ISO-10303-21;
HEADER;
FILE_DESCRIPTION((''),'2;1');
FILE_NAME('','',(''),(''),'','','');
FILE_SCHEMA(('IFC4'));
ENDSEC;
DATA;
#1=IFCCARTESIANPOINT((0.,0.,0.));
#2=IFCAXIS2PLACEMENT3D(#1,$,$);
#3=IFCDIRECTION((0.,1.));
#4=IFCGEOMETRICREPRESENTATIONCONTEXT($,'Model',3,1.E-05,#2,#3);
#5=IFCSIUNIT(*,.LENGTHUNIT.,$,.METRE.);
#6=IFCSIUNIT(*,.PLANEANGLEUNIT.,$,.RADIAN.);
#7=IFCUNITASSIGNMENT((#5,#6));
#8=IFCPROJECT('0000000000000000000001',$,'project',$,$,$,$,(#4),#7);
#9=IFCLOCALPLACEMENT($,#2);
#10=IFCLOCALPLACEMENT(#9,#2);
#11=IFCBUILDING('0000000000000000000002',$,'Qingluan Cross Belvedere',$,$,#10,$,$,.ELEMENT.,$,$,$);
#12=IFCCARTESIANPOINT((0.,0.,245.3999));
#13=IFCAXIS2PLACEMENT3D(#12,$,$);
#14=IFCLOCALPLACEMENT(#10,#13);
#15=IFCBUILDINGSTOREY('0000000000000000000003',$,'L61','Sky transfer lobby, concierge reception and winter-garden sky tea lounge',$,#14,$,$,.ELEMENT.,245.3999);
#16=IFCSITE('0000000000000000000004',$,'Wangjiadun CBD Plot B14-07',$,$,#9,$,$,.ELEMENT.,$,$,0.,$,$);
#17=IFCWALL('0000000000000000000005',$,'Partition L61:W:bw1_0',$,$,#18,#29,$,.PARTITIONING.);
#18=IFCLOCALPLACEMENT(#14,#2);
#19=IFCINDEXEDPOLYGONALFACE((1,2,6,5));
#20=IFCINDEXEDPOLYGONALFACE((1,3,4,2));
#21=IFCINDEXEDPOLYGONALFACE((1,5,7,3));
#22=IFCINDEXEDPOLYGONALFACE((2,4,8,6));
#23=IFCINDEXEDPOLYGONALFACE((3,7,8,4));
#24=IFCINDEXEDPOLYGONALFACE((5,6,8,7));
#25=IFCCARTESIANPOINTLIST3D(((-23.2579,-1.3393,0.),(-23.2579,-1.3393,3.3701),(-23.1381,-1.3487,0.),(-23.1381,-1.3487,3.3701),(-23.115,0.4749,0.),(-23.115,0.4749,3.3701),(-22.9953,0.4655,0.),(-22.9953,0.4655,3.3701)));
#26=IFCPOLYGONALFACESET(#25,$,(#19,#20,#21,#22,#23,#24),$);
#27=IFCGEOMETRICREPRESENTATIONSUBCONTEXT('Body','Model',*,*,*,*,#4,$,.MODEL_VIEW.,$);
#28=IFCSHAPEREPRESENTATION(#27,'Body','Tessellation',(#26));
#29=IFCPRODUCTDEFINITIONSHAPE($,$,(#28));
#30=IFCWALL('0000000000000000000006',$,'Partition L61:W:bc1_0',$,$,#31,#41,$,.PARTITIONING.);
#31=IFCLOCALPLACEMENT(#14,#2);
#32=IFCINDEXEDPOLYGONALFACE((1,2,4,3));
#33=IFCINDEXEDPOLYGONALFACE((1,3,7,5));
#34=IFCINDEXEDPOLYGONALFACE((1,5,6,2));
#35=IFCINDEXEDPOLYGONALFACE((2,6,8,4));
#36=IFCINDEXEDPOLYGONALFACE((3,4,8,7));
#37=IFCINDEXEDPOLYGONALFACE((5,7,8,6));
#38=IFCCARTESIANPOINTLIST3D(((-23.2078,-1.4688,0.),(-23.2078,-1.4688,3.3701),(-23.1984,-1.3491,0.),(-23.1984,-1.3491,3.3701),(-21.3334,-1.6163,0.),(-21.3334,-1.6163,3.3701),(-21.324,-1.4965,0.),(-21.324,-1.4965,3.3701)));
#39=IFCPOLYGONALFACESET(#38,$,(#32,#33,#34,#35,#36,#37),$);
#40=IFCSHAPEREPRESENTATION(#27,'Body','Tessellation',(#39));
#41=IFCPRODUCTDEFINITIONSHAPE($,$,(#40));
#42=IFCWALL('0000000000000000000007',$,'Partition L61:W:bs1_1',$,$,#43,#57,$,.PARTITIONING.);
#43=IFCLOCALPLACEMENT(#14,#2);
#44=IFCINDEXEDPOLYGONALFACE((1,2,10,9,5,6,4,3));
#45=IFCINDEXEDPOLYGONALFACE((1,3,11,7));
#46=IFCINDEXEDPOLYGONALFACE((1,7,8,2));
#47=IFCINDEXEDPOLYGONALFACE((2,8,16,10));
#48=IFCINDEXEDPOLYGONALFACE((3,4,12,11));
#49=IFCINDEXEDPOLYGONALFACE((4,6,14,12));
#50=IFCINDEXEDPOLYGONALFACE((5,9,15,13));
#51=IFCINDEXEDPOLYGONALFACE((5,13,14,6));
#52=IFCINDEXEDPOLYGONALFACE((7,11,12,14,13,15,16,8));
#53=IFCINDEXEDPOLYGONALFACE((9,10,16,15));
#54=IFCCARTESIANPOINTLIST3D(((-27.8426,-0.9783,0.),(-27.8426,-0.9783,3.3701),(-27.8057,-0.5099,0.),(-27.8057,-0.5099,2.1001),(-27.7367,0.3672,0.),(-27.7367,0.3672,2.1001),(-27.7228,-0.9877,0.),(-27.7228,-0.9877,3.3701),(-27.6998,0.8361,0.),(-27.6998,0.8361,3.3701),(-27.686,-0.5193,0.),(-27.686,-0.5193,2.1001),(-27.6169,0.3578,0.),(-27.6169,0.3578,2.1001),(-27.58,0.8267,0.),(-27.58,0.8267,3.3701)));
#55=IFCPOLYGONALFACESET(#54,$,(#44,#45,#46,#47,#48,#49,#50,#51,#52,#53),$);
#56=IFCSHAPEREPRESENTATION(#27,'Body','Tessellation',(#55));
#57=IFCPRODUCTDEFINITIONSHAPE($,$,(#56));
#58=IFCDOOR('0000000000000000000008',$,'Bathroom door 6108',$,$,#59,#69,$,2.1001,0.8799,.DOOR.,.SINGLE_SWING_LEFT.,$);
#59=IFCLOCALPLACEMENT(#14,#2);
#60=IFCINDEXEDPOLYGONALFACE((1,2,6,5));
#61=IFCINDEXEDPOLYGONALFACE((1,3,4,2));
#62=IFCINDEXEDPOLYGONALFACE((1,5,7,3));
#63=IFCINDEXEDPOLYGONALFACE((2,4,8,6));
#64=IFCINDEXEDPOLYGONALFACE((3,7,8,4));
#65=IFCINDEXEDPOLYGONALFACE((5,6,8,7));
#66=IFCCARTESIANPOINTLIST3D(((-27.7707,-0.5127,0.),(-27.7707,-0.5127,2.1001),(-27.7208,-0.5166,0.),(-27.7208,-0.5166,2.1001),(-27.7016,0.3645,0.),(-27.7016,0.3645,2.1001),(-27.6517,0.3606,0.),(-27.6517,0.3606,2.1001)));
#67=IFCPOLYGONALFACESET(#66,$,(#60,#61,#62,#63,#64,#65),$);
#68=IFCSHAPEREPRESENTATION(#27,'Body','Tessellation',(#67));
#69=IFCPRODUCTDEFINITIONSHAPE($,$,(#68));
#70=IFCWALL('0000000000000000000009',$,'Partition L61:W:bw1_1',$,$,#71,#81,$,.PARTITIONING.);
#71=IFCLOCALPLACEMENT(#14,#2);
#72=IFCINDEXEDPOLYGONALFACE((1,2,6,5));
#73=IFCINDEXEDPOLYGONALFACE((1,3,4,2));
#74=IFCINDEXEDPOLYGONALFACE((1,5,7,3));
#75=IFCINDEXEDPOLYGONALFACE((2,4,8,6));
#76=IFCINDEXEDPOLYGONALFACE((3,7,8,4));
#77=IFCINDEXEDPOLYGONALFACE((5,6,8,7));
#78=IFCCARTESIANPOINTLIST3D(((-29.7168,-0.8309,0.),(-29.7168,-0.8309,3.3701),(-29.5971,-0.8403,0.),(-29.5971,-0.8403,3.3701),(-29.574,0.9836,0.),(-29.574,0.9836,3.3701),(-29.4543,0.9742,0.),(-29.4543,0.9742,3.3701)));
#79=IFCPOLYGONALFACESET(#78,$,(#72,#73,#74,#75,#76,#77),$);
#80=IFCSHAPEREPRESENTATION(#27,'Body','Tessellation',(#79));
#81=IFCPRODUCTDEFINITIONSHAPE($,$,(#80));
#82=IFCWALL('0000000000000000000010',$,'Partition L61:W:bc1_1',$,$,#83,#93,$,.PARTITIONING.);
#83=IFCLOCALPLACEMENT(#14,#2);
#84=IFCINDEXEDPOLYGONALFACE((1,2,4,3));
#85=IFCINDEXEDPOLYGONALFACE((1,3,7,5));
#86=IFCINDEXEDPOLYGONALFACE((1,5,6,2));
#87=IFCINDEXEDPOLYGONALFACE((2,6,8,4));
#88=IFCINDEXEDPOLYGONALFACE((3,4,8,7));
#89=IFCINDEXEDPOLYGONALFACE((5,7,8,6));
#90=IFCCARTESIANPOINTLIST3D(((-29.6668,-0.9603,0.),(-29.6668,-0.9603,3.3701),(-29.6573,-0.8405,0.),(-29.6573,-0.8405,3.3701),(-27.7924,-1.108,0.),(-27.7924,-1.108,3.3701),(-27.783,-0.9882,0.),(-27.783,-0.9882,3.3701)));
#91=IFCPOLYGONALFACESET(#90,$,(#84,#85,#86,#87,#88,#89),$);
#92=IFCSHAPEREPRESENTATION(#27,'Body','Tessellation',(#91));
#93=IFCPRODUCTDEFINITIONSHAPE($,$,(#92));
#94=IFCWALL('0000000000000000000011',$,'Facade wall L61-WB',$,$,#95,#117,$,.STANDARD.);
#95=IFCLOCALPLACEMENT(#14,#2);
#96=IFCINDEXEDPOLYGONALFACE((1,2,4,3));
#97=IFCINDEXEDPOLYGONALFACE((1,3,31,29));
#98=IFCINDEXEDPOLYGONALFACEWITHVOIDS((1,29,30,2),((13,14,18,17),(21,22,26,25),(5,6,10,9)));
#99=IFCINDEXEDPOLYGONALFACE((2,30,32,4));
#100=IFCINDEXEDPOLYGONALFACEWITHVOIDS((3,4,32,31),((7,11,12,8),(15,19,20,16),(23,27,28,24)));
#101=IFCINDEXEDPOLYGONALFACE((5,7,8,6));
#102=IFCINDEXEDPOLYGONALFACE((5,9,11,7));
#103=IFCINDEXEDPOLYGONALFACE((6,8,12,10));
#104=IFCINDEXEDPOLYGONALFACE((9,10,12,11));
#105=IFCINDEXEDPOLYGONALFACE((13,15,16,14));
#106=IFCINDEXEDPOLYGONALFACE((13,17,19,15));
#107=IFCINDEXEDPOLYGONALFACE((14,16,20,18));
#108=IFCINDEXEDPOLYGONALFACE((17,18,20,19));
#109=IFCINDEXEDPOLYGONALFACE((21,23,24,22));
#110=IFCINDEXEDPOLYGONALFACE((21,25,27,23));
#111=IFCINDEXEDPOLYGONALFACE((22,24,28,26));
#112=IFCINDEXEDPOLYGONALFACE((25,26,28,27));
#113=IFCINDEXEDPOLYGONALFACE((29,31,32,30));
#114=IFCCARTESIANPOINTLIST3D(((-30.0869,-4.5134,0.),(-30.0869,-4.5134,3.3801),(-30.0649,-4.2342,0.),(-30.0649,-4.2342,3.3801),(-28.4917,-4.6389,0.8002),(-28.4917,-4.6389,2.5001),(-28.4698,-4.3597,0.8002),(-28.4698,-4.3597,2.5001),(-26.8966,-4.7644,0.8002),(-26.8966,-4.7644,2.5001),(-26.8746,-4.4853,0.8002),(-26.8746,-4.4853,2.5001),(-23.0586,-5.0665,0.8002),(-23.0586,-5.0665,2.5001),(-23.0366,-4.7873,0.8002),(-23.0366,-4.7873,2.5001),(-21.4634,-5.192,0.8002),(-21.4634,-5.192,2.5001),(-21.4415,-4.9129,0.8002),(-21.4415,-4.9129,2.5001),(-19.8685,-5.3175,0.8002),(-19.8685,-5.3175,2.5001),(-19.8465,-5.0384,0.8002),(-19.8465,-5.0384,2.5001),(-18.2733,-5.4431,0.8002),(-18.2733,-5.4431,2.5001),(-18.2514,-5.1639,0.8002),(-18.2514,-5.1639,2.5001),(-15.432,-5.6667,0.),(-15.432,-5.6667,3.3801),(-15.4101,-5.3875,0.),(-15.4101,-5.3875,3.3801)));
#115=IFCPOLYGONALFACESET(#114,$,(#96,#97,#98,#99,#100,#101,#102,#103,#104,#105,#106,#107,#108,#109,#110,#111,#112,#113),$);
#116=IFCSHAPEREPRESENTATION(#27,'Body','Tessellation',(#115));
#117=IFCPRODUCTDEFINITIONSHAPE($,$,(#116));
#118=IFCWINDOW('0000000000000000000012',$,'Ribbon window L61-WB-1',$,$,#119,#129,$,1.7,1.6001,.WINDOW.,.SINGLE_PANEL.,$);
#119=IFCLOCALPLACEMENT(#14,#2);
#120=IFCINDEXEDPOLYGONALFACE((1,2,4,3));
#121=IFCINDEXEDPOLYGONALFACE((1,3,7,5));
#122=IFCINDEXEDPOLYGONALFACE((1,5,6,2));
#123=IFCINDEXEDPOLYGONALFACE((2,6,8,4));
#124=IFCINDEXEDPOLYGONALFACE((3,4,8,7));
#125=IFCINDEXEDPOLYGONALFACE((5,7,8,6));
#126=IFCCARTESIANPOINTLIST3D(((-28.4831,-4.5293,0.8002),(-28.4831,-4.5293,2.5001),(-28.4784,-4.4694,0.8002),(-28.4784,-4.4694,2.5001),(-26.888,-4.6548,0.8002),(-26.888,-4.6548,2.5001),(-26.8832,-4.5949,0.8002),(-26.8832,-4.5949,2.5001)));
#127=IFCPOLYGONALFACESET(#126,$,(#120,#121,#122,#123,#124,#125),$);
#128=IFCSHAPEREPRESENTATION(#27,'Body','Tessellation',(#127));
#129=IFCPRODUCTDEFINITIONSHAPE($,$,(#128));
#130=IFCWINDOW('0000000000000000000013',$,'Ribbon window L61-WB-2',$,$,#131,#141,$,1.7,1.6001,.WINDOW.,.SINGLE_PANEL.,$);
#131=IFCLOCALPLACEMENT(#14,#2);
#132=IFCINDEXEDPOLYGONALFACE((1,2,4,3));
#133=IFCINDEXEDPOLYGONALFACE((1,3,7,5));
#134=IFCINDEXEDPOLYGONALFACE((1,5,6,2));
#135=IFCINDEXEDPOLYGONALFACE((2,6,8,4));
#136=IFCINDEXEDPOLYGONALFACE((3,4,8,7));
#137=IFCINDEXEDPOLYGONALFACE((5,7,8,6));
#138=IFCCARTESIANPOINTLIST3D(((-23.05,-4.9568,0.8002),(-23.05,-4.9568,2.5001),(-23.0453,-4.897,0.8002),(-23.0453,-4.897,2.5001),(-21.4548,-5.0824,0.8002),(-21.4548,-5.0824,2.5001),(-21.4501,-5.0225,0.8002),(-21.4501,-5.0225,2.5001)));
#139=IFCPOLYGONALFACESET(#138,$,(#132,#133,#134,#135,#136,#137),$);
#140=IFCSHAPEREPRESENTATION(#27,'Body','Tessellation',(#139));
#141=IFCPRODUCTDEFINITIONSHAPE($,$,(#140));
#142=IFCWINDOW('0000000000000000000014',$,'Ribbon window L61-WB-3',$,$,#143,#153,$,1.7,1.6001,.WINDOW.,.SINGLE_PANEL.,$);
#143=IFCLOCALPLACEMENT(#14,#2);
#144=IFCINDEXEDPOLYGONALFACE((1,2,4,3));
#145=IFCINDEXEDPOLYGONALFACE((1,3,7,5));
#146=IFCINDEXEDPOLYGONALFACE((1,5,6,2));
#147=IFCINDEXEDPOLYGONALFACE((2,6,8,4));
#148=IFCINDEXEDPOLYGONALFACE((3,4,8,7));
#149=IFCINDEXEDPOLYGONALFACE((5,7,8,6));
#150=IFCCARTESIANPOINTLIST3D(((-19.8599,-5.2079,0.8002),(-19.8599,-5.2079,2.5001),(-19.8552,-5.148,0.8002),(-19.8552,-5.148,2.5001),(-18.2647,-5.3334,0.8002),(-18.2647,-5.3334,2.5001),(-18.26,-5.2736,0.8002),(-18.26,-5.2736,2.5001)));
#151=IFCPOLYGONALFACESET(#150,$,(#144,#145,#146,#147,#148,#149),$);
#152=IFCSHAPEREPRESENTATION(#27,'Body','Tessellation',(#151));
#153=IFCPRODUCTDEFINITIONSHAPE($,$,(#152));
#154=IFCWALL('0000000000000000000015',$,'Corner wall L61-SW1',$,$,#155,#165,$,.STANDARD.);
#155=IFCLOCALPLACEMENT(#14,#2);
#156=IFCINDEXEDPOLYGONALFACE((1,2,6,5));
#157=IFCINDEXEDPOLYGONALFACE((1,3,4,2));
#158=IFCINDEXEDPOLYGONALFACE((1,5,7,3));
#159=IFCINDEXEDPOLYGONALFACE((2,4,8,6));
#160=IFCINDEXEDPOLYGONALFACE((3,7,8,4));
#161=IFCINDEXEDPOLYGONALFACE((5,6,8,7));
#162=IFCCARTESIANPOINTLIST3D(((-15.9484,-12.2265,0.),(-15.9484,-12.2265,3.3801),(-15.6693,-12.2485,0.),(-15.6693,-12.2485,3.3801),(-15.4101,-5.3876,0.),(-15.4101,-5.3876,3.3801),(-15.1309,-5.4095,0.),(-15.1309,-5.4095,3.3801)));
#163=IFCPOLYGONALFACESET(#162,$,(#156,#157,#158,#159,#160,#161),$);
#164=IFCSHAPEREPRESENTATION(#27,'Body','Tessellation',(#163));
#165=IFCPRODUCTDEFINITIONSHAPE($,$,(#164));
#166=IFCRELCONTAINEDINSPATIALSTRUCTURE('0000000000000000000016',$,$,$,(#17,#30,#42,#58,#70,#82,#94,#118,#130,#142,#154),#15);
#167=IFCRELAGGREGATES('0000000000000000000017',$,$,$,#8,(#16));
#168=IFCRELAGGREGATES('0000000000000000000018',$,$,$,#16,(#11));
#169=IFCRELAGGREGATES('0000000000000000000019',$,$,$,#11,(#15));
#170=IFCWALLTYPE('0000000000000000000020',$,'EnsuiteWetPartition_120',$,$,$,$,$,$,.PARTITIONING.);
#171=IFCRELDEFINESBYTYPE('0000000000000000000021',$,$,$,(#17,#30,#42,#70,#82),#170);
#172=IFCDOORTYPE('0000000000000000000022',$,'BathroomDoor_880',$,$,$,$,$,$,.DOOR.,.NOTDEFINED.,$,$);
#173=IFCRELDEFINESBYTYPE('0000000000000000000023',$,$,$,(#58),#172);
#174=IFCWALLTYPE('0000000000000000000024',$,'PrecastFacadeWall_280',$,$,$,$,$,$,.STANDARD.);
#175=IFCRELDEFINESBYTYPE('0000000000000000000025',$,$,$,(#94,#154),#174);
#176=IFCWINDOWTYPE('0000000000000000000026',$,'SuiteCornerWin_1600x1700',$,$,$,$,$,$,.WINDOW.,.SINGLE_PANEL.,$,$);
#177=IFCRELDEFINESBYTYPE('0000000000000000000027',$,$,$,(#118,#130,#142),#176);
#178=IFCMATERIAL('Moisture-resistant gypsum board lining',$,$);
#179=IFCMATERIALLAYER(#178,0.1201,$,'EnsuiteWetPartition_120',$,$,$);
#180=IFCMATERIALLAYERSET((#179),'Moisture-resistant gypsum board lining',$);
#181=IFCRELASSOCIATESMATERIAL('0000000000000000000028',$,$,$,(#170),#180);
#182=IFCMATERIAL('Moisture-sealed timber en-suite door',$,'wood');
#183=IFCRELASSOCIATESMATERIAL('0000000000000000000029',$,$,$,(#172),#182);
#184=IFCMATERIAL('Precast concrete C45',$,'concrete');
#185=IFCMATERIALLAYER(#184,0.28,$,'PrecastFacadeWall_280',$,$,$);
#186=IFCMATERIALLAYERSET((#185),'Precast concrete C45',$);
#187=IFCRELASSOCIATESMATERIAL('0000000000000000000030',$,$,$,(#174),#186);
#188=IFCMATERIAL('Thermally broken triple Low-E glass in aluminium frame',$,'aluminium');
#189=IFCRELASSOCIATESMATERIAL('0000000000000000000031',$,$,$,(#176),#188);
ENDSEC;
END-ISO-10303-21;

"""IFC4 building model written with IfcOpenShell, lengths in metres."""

from ifc_helpers import new_model, si_unit, direction, frame, frame_2d, origin, place, context, subcontext, project, spatial, rectangle, extrude, material, layer, layer_set, type_object, element, fill, save


model = new_model("IFC4")

# Units and contexts
model_context = context("Model", 3, precision=1e-05, world=origin(), true_north=direction((0.0, 1.0)))
body_context = subcontext(model_context, "Body", "Model", "MODEL_VIEW")
ifc_project = project(units=[si_unit("LENGTHUNIT", "METRE"), si_unit("PLANEANGLEUNIT", "RADIAN")], contexts=[model_context])

# Site, building, storey
site_placement = place(None, origin())
site = spatial("IfcSite", under=ifc_project, at=site_placement, Name="Wangjiadun CBD Plot B14-07", CompositionType="ELEMENT", RefElevation=0.0)
building_placement = place(site_placement, origin())
building = spatial("IfcBuilding", under=site, at=building_placement, Name="Qingluan Cross Belvedere", CompositionType="ELEMENT")
storey_placement = place(building_placement, frame((0.0, 0.0, 245.3999)))
storey = spatial("IfcBuildingStorey", under=building, at=storey_placement, Name="L61", Description="Sky transfer lobby, concierge reception and winter-garden sky tea lounge", CompositionType="ELEMENT", Elevation=245.3999)

# Shared definitions
ifc_material_1 = material(Name="Moisture-resistant gypsum board lining")
ifc_layer_1 = layer(ifc_material_1, 0.1201, Name="EnsuiteWetPartition_120")
ifc_layer_set_1 = layer_set([ifc_layer_1], Name="Moisture-resistant gypsum board lining")
wall_type_1 = type_object("IfcWallType", Name="EnsuiteWetPartition_120", PredefinedType="PARTITIONING", material=ifc_layer_set_1)
ifc_material_2 = material(Name="Moisture-sealed timber en-suite door", Category="wood")
door_type = type_object("IfcDoorType", Name="BathroomDoor_880", OperationType="NOTDEFINED", PredefinedType="DOOR", material=ifc_material_2)

# Walls
wall_1_placement = place(storey_placement, frame((-23.198, -1.344, 0.0), z_axis=(0.0, 0.0, 1.0), x_axis=(0.078481, 0.996916, 0.0)))
element("IfcWall", 1, at=wall_1_placement, inside=storey, type_object=wall_type_1, Name="Partition L61:W:bw1_0", PredefinedType="PARTITIONING", context=body_context, shape_type="SweptSolid", body=[
    extrude(rectangle(XDim=1.8198, YDim=0.1201, at=frame_2d((0.9099, 0.0))), origin(), (0.0, 0.0, 1.0), 3.3701),
])
wall_2_placement = place(storey_placement, frame((-21.3289, -1.5564, 0.0), z_axis=(0.0, 0.0, 1.0), x_axis=(-0.996919, 0.078434, 0.0)))
element("IfcWall", 2, at=wall_2_placement, inside=storey, type_object=wall_type_1, Name="Partition L61:W:bc1_0", PredefinedType="PARTITIONING", context=body_context, shape_type="SweptSolid", body=[
    extrude(rectangle(XDim=1.8801, YDim=0.1201, at=frame_2d((0.9399, 0.0))), origin(), (0.0, 0.0, 1.0), 3.3701),
])

# Wall, opening, door
wall_3_placement = place(storey_placement, frame((-27.7827, -0.9832, 0.0), z_axis=(0.0, 0.0, 1.0), x_axis=(0.078471, 0.996916, 0.0)))
wall_3 = element("IfcWall", 3, at=wall_3_placement, inside=storey, type_object=wall_type_1, Name="Partition L61:W:bs1_1", PredefinedType="PARTITIONING", context=body_context, shape_type="SweptSolid", body=[
    extrude(rectangle(XDim=1.8201, YDim=0.1201, at=frame_2d((0.9102, 0.0))), origin(), (0.0, 0.0, 1.0), 3.3701),
])
opening_1_placement = place(wall_3_placement, frame((0.47, 0.0, 0.0)))
opening_1 = element("IfcOpeningElement", 4, at=opening_1_placement, cuts=wall_3, PredefinedType="OPENING", context=body_context, shape_type="SweptSolid", body=[
    extrude(rectangle(XDim=0.8799, YDim=2.1001, at=frame_2d((0.4399, 1.05))), frame((0.0, 0.0701, 0.0), z_axis=(0.0, -1.0, 0.0), x_axis=(1.0, 0.0, 0.0)), (0.0, 0.0, 1.0), 0.1401),
])
door_1_placement = place(opening_1_placement, origin())
door_1 = element("IfcDoor", 5, at=door_1_placement, inside=storey, type_object=door_type, Name="Bathroom door 6108", OperationType="SINGLE_SWING_LEFT", OverallHeight=2.1001, OverallWidth=0.8799, PredefinedType="DOOR", context=body_context, shape_type="SweptSolid", body=[
    extrude(rectangle(XDim=0.8799, YDim=2.1001, at=frame_2d((0.4399, 1.05))), frame((0.0, 0.0249, 0.0), z_axis=(0.0, -1.0, 0.0), x_axis=(1.0, 0.0, 0.0)), (0.0, 0.0, 1.0), 0.05),
])
fill(opening_1, door_1)

# Walls
wall_4_placement = place(storey_placement, frame((-29.657, -0.8357, 0.0), z_axis=(0.0, 0.0, 1.0), x_axis=(0.078471, 0.996916, 0.0)))
element("IfcWall", 6, at=wall_4_placement, inside=storey, type_object=wall_type_1, Name="Partition L61:W:bw1_1", PredefinedType="PARTITIONING", context=body_context, shape_type="SweptSolid", body=[
    extrude(rectangle(XDim=1.8201, YDim=0.1201, at=frame_2d((0.9102, 0.0))), origin(), (0.0, 0.0, 1.0), 3.3701),
])
wall_5_placement = place(storey_placement, frame((-27.7878, -1.0481, 0.0), z_axis=(0.0, 0.0, 1.0), x_axis=(-0.996909, 0.078563, 0.0)))
element("IfcWall", 7, at=wall_5_placement, inside=storey, type_object=wall_type_1, Name="Partition L61:W:bc1_1", PredefinedType="PARTITIONING", context=body_context, shape_type="SweptSolid", body=[
    extrude(rectangle(XDim=1.8801, YDim=0.1201, at=frame_2d((0.9399, 0.0))), origin(), (0.0, 0.0, 1.0), 3.3701),
])

# Wall, openings, windows
ifc_material_3 = material(Name="Precast concrete C45", Category="concrete")
ifc_layer_2 = layer(ifc_material_3, 0.28, Name="PrecastFacadeWall_280")
ifc_layer_set_2 = layer_set([ifc_layer_2], Name="Precast concrete C45")
wall_type_2 = type_object("IfcWallType", Name="PrecastFacadeWall_280", PredefinedType="STANDARD", material=ifc_layer_set_2)
wall_6_placement = place(storey_placement, frame((-30.0759, -4.3738, 0.0), z_axis=(0.0, 0.0, 1.0), x_axis=(0.996918, -0.078457, 0.0)))
wall_6 = element("IfcWall", 8, at=wall_6_placement, inside=storey, type_object=wall_type_2, Name="Facade wall L61-WB", PredefinedType="STANDARD", context=body_context, shape_type="SweptSolid", body=[
    extrude(rectangle(XDim=14.7002, YDim=0.28, at=frame_2d((7.3501, 0.0))), origin(), (0.0, 0.0, 1.0), 3.3801),
])
opening_2_placement = place(wall_6_placement, frame((1.6001, 0.0, 0.8)))
opening_2 = element("IfcOpeningElement", 9, at=opening_2_placement, cuts=wall_6, PredefinedType="OPENING", context=body_context, shape_type="SweptSolid", body=[
    extrude(rectangle(XDim=1.6001, YDim=1.7, at=frame_2d((0.8, 0.8501))), frame((0.0, 0.1499, 0.0), z_axis=(0.0, -1.0, 0.0), x_axis=(1.0, 0.0, 0.0)), (0.0, 0.0, 1.0), 0.3),
])
opening_3_placement = place(wall_6_placement, frame((7.05, 0.0, 0.8)))
opening_3 = element("IfcOpeningElement", 10, at=opening_3_placement, cuts=wall_6, PredefinedType="OPENING", context=body_context, shape_type="SweptSolid", body=[
    extrude(rectangle(XDim=1.6001, YDim=1.7, at=frame_2d((0.8, 0.8501))), frame((0.0, 0.1499, 0.0), z_axis=(0.0, -1.0, 0.0), x_axis=(1.0, 0.0, 0.0)), (0.0, 0.0, 1.0), 0.3),
])
opening_4_placement = place(wall_6_placement, frame((10.25, 0.0, 0.8)))
opening_4 = element("IfcOpeningElement", 11, at=opening_4_placement, cuts=wall_6, PredefinedType="OPENING", context=body_context, shape_type="SweptSolid", body=[
    extrude(rectangle(XDim=1.6001, YDim=1.7, at=frame_2d((0.8, 0.8501))), frame((0.0, 0.1499, 0.0), z_axis=(0.0, -1.0, 0.0), x_axis=(1.0, 0.0, 0.0)), (0.0, 0.0, 1.0), 0.3),
])
ifc_material_4 = material(Name="Thermally broken triple Low-E glass in aluminium frame", Category="aluminium")
window_type = type_object("IfcWindowType", Name="SuiteCornerWin_1600x1700", PartitioningType="SINGLE_PANEL", PredefinedType="WINDOW", material=ifc_material_4)
window_1_placement = place(opening_2_placement, origin())
window_1 = element("IfcWindow", 12, at=window_1_placement, inside=storey, type_object=window_type, Name="Ribbon window L61-WB-1", OverallHeight=1.7, OverallWidth=1.6001, PartitioningType="SINGLE_PANEL", PredefinedType="WINDOW", context=body_context, shape_type="SweptSolid", body=[
    extrude(rectangle(XDim=1.6001, YDim=1.7, at=frame_2d((0.8, 0.8501))), frame((0.0, 0.03, 0.0), z_axis=(0.0, -1.0, 0.0), x_axis=(1.0, 0.0, 0.0)), (0.0, 0.0, 1.0), 0.0601),
])
fill(opening_2, window_1)
window_2_placement = place(opening_3_placement, origin())
window_2 = element("IfcWindow", 13, at=window_2_placement, inside=storey, type_object=window_type, Name="Ribbon window L61-WB-2", OverallHeight=1.7, OverallWidth=1.6001, PartitioningType="SINGLE_PANEL", PredefinedType="WINDOW", context=body_context, shape_type="SweptSolid", body=[
    extrude(rectangle(XDim=1.6001, YDim=1.7, at=frame_2d((0.8, 0.8501))), frame((0.0, 0.03, 0.0), z_axis=(0.0, -1.0, 0.0), x_axis=(1.0, 0.0, 0.0)), (0.0, 0.0, 1.0), 0.0601),
])
fill(opening_3, window_2)
window_3_placement = place(opening_4_placement, origin())
window_3 = element("IfcWindow", 14, at=window_3_placement, inside=storey, type_object=window_type, Name="Ribbon window L61-WB-3", OverallHeight=1.7, OverallWidth=1.6001, PartitioningType="SINGLE_PANEL", PredefinedType="WINDOW", context=body_context, shape_type="SweptSolid", body=[
    extrude(rectangle(XDim=1.6001, YDim=1.7, at=frame_2d((0.8, 0.8501))), frame((0.0, 0.03, 0.0), z_axis=(0.0, -1.0, 0.0), x_axis=(1.0, 0.0, 0.0)), (0.0, 0.0, 1.0), 0.0601),
])
fill(opening_4, window_3)

# Wall
wall_7_placement = place(storey_placement, frame((-15.2705, -5.3984, 0.0), z_axis=(0.0, 0.0, 1.0), x_axis=(-0.078474, -0.996916, 0.0)))
element("IfcWall", 15, at=wall_7_placement, inside=storey, type_object=wall_type_2, Name="Corner wall L61-SW1", PredefinedType="STANDARD", context=body_context, shape_type="SweptSolid", body=[
    extrude(rectangle(XDim=6.8601, YDim=0.28, at=frame_2d((3.4302, 0.0))), origin(), (0.0, 0.0, 1.0), 3.3801),
])

save(model, "model.ifc")
